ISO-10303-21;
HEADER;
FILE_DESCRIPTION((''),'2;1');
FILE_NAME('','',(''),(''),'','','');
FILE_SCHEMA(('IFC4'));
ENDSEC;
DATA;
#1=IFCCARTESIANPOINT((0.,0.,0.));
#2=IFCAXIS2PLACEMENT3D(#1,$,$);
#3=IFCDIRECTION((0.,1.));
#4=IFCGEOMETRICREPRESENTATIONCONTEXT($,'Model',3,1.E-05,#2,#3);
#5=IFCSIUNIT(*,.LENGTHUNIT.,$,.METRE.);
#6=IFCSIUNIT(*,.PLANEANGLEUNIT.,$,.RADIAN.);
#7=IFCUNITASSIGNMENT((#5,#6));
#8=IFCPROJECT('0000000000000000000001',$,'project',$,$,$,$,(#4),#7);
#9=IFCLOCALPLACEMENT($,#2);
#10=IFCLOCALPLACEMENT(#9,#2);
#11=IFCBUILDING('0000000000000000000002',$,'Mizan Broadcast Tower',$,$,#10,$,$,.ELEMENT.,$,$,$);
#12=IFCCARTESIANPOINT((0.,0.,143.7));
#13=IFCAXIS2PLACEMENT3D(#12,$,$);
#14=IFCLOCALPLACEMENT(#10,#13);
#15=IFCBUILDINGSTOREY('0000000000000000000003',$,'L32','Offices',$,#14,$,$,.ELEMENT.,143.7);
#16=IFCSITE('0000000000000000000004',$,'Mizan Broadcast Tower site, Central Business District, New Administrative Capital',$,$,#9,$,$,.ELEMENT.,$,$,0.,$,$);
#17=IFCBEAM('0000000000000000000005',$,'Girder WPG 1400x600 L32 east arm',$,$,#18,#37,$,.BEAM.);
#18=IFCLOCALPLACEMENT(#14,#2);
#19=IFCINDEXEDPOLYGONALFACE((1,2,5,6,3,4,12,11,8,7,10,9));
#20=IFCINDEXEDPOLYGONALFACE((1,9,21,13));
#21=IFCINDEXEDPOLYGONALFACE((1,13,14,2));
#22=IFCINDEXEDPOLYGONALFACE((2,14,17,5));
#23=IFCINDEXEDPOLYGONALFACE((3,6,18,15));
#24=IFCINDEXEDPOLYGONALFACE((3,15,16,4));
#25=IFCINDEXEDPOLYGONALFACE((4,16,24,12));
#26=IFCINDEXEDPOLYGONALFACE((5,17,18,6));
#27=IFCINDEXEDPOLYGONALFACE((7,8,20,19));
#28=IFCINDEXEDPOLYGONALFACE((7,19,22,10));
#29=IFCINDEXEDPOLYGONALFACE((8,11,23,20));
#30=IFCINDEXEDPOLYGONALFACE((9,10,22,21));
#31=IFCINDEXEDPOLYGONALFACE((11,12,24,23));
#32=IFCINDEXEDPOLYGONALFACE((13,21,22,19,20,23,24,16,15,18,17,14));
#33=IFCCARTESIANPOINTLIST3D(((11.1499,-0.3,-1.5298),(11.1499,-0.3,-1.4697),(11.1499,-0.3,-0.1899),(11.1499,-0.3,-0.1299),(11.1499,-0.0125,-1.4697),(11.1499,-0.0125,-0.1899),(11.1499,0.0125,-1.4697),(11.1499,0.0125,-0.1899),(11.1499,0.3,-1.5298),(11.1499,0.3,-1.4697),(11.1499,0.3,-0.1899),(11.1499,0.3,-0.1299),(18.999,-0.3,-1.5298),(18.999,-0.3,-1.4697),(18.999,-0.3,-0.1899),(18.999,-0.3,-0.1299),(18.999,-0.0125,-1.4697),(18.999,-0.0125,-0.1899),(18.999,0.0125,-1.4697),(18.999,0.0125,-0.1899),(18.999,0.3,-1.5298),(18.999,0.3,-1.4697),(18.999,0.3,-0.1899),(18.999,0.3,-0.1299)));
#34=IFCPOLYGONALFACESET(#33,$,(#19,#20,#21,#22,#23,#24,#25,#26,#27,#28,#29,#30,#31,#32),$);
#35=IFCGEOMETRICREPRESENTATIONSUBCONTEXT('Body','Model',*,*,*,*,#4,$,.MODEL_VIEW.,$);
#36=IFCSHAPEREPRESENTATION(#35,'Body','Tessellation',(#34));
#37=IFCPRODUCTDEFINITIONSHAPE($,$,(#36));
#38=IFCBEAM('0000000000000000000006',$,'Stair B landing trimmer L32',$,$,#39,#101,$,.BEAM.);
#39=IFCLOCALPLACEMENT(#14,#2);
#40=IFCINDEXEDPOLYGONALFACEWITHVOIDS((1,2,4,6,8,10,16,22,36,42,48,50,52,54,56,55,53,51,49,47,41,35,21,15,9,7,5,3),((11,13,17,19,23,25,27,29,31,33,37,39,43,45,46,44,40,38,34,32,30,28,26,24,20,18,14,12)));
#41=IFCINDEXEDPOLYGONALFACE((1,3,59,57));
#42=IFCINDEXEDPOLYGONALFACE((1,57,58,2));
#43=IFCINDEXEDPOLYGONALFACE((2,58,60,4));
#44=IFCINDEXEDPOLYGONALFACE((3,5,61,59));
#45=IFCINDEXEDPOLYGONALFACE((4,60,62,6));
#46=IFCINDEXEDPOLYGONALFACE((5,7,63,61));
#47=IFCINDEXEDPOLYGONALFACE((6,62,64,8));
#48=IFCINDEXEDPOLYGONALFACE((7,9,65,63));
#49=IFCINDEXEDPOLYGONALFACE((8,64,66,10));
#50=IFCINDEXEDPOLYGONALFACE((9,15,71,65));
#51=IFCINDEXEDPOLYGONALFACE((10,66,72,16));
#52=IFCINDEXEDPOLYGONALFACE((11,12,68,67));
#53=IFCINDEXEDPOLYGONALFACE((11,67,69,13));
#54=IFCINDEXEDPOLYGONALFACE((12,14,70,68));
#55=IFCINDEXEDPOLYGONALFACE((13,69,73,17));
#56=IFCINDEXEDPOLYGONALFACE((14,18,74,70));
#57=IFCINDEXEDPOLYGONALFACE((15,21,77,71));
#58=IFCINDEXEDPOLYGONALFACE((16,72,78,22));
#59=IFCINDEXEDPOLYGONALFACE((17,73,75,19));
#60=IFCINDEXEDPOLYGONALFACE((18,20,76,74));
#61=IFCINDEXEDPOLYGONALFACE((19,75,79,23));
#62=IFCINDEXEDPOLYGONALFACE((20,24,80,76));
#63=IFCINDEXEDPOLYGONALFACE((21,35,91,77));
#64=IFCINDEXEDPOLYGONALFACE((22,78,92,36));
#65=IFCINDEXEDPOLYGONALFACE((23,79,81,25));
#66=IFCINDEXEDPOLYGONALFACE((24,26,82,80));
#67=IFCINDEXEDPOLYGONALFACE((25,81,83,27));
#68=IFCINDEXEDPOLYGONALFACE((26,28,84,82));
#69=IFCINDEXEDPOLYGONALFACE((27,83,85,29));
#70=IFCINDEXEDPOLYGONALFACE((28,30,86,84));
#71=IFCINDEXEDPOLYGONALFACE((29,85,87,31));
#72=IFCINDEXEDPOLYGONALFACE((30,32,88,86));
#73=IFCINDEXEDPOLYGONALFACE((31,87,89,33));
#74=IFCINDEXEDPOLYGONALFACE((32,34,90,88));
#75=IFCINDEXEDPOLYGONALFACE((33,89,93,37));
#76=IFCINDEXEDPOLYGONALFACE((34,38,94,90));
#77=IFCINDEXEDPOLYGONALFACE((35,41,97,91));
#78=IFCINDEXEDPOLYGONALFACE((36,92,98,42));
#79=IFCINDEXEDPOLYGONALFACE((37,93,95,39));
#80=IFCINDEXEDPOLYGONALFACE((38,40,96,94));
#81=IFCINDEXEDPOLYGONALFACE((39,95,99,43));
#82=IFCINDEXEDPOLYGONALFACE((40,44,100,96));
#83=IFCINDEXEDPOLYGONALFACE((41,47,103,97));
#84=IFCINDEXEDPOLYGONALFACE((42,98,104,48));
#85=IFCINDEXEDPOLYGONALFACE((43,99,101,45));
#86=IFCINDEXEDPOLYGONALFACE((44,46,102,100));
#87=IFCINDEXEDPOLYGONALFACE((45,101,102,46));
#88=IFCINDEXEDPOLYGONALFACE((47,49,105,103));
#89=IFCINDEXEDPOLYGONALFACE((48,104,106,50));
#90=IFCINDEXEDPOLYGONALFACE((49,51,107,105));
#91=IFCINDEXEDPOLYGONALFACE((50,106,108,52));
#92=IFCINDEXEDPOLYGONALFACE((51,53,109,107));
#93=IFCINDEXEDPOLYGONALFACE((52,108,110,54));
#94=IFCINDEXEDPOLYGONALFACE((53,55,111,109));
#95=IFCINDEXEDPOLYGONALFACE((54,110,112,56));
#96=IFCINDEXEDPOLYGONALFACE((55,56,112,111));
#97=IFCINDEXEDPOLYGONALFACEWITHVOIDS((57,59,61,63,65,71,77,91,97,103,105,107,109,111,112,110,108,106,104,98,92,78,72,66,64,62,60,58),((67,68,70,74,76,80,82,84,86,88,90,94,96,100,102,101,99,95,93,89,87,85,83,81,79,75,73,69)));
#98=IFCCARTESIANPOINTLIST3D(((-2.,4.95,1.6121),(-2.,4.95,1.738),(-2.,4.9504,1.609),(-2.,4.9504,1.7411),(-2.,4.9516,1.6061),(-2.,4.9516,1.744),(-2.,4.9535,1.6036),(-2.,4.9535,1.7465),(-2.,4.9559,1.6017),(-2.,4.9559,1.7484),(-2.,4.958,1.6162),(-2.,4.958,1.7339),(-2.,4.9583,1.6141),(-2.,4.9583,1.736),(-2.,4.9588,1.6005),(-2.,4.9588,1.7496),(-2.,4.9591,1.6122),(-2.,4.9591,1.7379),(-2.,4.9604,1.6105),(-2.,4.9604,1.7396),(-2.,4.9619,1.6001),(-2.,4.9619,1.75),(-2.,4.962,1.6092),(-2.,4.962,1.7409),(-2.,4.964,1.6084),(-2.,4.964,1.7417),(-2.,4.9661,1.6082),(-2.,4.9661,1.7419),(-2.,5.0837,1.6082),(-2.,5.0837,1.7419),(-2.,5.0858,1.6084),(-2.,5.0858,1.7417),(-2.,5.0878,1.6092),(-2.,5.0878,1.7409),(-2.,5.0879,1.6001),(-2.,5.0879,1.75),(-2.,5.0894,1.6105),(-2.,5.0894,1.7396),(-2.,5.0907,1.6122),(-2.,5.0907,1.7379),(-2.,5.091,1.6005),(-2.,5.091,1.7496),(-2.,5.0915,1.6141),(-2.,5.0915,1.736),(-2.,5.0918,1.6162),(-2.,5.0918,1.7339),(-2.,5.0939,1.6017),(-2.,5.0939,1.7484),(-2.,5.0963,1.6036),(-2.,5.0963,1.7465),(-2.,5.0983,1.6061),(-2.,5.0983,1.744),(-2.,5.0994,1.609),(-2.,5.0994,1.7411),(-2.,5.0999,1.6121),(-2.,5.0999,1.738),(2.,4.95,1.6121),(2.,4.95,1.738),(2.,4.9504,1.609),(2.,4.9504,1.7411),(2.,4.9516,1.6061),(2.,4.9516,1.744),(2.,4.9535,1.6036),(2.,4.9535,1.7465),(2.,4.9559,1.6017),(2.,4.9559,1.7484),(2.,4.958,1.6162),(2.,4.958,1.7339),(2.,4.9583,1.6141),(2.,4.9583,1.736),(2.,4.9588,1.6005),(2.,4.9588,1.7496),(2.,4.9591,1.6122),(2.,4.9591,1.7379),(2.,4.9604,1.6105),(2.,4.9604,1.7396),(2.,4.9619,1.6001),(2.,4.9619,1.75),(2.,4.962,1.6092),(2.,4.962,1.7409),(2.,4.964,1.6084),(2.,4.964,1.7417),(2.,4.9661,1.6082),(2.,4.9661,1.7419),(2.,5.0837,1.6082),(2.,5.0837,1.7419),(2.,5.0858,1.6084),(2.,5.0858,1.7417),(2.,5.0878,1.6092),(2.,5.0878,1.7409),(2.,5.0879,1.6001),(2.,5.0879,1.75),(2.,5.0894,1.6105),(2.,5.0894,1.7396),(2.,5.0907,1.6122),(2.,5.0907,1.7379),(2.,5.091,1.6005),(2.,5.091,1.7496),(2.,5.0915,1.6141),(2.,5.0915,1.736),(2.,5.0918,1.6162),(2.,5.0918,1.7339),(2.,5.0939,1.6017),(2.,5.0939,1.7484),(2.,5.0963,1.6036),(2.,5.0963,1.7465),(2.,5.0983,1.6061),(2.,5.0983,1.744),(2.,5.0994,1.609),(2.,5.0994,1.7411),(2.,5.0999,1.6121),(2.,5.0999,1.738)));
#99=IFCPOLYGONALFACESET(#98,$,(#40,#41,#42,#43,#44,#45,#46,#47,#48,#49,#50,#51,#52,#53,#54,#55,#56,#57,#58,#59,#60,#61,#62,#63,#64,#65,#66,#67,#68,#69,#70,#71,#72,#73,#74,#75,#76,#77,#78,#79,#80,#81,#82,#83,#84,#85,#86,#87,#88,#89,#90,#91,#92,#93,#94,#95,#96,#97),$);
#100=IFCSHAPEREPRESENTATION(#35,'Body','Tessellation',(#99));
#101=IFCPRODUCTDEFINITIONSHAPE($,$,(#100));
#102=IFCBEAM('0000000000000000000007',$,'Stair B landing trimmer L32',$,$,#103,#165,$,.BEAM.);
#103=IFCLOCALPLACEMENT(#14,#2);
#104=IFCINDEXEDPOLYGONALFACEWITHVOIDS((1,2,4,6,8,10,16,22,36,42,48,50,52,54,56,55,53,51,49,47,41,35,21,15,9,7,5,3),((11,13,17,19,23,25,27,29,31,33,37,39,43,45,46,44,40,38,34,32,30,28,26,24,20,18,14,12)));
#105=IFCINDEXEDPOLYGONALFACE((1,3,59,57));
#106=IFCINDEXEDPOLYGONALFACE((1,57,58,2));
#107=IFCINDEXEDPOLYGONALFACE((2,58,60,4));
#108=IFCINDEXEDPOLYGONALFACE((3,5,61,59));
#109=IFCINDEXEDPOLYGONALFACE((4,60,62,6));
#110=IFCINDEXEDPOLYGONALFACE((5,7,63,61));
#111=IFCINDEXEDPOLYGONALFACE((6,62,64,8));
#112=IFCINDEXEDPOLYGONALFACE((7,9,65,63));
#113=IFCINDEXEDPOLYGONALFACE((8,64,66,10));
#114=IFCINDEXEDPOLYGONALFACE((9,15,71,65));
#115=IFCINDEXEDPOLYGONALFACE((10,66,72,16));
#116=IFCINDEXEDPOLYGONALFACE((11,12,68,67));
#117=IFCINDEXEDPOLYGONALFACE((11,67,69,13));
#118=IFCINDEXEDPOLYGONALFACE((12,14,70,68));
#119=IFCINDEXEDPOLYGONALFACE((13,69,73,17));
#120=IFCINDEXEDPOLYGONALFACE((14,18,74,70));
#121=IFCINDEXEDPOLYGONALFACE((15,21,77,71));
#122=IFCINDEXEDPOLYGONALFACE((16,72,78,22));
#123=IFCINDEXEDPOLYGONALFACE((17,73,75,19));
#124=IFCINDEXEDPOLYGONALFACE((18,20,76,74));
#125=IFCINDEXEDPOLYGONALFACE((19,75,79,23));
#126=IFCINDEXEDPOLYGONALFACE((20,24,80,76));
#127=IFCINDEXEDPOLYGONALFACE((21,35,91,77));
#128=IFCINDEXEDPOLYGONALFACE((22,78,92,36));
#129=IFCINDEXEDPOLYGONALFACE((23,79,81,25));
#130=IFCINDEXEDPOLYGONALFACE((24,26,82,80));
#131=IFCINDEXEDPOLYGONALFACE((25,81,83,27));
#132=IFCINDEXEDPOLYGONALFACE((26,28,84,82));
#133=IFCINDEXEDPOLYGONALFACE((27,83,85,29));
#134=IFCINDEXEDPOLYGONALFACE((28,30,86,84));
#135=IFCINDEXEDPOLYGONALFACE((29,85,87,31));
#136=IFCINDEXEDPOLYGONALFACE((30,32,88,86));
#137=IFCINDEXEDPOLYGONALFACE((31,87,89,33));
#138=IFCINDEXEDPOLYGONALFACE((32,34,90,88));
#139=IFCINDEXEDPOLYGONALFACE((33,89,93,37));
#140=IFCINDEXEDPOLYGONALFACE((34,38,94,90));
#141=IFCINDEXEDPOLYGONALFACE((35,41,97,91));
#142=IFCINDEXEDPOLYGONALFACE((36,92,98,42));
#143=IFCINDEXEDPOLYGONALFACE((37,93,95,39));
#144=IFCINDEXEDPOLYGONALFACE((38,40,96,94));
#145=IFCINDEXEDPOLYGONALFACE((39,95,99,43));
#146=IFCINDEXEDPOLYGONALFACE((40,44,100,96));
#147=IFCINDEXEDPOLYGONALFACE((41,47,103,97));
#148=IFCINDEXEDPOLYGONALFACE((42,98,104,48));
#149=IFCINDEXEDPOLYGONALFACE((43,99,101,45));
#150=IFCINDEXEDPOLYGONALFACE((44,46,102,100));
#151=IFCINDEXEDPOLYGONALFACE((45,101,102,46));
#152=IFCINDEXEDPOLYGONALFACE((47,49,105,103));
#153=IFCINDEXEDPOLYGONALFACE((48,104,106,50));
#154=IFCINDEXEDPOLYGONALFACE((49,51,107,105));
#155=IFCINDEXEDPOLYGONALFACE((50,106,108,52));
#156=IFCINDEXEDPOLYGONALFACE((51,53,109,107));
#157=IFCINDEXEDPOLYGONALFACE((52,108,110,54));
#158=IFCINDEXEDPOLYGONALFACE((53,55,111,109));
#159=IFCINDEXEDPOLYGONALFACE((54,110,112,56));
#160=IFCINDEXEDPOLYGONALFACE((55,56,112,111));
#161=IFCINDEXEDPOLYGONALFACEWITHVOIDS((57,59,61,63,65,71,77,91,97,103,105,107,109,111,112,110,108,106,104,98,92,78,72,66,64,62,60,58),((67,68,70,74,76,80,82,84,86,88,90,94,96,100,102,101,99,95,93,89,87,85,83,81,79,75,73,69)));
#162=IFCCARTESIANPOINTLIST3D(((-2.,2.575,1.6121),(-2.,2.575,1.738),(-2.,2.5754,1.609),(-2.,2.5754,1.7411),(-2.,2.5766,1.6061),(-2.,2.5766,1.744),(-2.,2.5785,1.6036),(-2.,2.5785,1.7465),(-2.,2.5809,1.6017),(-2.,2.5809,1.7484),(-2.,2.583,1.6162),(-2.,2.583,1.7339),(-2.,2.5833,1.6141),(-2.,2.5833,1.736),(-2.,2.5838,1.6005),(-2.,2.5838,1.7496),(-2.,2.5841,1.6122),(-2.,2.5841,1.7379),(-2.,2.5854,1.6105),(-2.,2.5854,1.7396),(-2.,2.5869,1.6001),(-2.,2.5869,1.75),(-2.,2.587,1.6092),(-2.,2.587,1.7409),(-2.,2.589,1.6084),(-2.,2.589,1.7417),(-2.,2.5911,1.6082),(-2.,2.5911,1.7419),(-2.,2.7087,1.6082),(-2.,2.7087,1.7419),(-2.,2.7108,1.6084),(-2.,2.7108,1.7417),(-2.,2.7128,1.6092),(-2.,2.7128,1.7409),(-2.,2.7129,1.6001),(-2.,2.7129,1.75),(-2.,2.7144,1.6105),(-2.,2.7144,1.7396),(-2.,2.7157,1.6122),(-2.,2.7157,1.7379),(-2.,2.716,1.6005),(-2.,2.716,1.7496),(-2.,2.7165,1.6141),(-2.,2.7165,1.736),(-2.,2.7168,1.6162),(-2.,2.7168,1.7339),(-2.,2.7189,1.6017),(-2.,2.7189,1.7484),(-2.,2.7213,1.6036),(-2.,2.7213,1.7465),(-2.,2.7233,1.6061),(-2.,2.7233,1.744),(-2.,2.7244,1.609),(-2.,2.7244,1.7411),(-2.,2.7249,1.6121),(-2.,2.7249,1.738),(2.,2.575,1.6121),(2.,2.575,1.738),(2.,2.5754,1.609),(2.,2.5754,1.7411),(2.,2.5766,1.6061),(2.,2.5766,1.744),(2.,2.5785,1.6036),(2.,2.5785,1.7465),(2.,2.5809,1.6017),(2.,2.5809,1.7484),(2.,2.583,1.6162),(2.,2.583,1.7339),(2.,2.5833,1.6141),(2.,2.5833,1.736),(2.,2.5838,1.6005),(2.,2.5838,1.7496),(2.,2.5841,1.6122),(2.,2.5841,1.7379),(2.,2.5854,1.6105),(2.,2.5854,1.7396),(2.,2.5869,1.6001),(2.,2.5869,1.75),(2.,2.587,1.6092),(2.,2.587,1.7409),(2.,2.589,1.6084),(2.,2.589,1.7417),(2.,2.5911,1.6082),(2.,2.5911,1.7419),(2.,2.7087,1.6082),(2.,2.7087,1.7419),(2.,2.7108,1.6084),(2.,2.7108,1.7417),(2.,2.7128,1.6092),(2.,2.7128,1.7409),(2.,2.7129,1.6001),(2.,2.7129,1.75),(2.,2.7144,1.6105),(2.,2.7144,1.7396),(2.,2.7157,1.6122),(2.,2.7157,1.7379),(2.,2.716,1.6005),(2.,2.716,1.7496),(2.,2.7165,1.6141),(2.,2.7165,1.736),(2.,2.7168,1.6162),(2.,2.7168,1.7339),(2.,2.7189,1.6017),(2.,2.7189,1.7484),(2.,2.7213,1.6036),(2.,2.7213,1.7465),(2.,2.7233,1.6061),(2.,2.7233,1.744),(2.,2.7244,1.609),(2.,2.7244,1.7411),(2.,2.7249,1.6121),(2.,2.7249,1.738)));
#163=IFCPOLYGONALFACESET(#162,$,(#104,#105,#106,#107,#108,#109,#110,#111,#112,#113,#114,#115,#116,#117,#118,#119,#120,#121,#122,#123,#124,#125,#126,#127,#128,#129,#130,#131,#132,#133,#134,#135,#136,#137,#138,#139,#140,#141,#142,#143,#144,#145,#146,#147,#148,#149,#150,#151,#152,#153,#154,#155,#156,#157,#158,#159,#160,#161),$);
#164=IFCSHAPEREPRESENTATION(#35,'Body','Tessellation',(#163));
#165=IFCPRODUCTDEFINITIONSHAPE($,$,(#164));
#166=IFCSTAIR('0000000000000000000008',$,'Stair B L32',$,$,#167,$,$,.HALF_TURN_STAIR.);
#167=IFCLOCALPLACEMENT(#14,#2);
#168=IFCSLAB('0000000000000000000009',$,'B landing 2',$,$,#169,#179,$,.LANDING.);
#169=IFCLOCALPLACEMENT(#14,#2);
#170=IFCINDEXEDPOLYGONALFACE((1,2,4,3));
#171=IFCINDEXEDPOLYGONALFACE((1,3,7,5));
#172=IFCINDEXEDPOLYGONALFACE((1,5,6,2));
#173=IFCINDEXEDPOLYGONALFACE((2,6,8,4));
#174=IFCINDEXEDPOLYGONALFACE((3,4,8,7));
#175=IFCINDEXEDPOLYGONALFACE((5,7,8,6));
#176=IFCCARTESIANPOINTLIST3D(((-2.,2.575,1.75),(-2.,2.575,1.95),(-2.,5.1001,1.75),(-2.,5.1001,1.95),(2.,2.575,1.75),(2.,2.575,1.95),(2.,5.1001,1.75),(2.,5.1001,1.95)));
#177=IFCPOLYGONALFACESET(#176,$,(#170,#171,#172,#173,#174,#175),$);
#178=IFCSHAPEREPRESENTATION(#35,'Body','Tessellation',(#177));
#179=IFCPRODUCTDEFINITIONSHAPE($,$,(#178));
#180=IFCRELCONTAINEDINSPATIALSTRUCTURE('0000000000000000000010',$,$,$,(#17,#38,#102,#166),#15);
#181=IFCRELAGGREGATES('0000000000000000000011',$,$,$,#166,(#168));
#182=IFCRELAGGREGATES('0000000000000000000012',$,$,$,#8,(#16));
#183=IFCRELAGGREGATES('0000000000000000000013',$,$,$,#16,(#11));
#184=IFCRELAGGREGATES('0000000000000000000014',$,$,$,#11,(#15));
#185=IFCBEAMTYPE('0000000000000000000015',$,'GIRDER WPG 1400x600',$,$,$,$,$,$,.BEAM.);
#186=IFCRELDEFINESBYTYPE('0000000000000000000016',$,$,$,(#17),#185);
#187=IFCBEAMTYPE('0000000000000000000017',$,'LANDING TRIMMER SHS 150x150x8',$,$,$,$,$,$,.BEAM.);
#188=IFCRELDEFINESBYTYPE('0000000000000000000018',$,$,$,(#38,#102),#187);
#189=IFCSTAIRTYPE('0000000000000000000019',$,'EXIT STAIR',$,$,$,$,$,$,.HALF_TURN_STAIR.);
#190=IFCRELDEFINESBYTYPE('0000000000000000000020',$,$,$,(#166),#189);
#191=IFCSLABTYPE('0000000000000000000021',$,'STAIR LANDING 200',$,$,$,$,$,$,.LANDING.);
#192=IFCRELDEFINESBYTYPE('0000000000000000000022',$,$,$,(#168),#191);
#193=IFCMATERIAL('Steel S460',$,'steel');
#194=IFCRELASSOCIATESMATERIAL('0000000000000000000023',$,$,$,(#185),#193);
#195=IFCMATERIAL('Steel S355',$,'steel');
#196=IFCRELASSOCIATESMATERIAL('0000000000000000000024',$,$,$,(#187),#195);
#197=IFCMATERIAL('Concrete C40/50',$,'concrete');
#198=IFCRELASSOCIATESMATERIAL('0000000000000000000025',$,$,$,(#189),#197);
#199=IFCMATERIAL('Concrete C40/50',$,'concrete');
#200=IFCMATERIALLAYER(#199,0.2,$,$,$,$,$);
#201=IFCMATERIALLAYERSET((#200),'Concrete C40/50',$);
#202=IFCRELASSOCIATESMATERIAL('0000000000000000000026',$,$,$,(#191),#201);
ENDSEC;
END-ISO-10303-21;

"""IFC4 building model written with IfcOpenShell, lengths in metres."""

from ifc_helpers import new_model, si_unit, direction, frame, origin, origin_2d, place, context, subcontext, project, spatial, polyline, hollow_rectangle, i_section, outline, extrude, material, layer, layer_set, material_profile, profile_set, type_object, element, aggregate, save


model = new_model("IFC4")

# Units and contexts
model_context = context("Model", 3, precision=1e-05, world=origin(), true_north=direction((0.0, 1.0)))
body_context = subcontext(model_context, "Body", "Model", "MODEL_VIEW")
ifc_project = project(units=[si_unit("LENGTHUNIT", "METRE"), si_unit("PLANEANGLEUNIT", "RADIAN")], contexts=[model_context])

# Site, building, storey
site_placement = place(None, origin())
site = spatial("IfcSite", under=ifc_project, at=site_placement, Name="Mizan Broadcast Tower site, Central Business District, New Administrative Capital", CompositionType="ELEMENT", RefElevation=0.0)
building_placement = place(site_placement, origin())
building = spatial("IfcBuilding", under=site, at=building_placement, Name="Mizan Broadcast Tower", CompositionType="ELEMENT")
storey_placement = place(building_placement, frame((0.0, 0.0, 143.7)))
storey = spatial("IfcBuildingStorey", under=building, at=storey_placement, Name="L32", Description="Offices", CompositionType="ELEMENT", Elevation=143.7)

# Beams
ifc_material_1 = material(Name="Steel S460", Category="steel")
ifc_material_profile_1 = material_profile(ifc_material_1, i_section(OverallWidth=0.6001, OverallDepth=1.3999, WebThickness=0.0249, FlangeThickness=0.0601, at=origin_2d()), Name="WPG 1400x600")
ifc_profile_set_1 = profile_set([ifc_material_profile_1], Name="Steel S460")
beam_type_1 = type_object("IfcBeamType", Name="GIRDER WPG 1400x600", PredefinedType="BEAM", material=ifc_profile_set_1)
beam_placement = place(storey_placement, frame((11.1499, 0.0, -0.8298), z_axis=(1.0, 0.0, 0.0), x_axis=(0.0, 1.0, 0.0)))
element("IfcBeam", 1, at=beam_placement, inside=storey, type_object=beam_type_1, Name="Girder WPG 1400x600 L32 east arm", PredefinedType="BEAM", context=body_context, shape_type="SweptSolid", body=[
    extrude(i_section(OverallWidth=0.6001, OverallDepth=1.3999, WebThickness=0.0249, FlangeThickness=0.0601, at=origin_2d()), origin(), (0.0, 0.0, 1.0), 7.8491),
])
ifc_material_2 = material(Name="Steel S355", Category="steel")
ifc_material_profile_2 = material_profile(ifc_material_2, hollow_rectangle(XDim=0.1499, YDim=0.1499, WallThickness=0.0081, InnerFilletRadius=0.0081, OuterFilletRadius=0.012, at=origin_2d()), Name="SHS 150x150x8")
ifc_profile_set_2 = profile_set([ifc_material_profile_2], Name="Steel S355")
beam_type_2 = type_object("IfcBeamType", Name="LANDING TRIMMER SHS 150x150x8", PredefinedType="BEAM", material=ifc_profile_set_2)
for number, where, z_axis, x_axis, name in (
    (2, (2.0, 5.0249, 1.675), (-1.0, 0.0, 0.0), (0.0, -1.0, 0.0), "Stair B landing trimmer L32"),
    (3, (2.0, 2.6499, 1.675), (-1.0, 0.0, 0.0), (0.0, -1.0, 0.0), "Stair B landing trimmer L32"),
):
    element("IfcBeam", number, at=place(storey_placement, frame(where, z_axis=z_axis, x_axis=x_axis)), inside=storey, type_object=beam_type_2, Name=name, PredefinedType="BEAM", context=body_context, shape_type="SweptSolid", body=[
        extrude(hollow_rectangle(XDim=0.1499, YDim=0.1499, WallThickness=0.0081, InnerFilletRadius=0.0081, OuterFilletRadius=0.012, at=origin_2d()), origin(), (0.0, 0.0, 1.0), 4.0),
    ])

# Stair, slab
ifc_material_3 = material(Name="Concrete C40/50", Category="concrete")
stair_type = type_object("IfcStairType", Name="EXIT STAIR", PredefinedType="HALF_TURN_STAIR", material=ifc_material_3)
stair_placement = place(storey_placement, origin())
stair = element("IfcStair", 4, at=stair_placement, inside=storey, type_object=stair_type, Name="Stair B L32", PredefinedType="HALF_TURN_STAIR")
ifc_material_4 = material(Name="Concrete C40/50", Category="concrete")
ifc_layer_1 = layer(ifc_material_4, 0.2)
ifc_layer_set_1 = layer_set([ifc_layer_1], Name="Concrete C40/50")
slab_type = type_object("IfcSlabType", Name="STAIR LANDING 200", PredefinedType="LANDING", material=ifc_layer_set_1)
slab_placement = place(storey_placement, frame((0.0, 0.0, 1.75)))
slab = element("IfcSlab", 5, at=slab_placement, type_object=slab_type, Name="B landing 2", PredefinedType="LANDING", context=body_context, shape_type="SweptSolid", body=[
    extrude(outline(polyline([(2.0, 5.1001), (2.0, 2.575), (-2.0, 2.575), (-2.0, 5.1001), (2.0, 5.1001)])), origin(), (0.0, 0.0, 1.0), 0.2),
])

aggregate(stair, [slab])

save(model, "model.ifc")
